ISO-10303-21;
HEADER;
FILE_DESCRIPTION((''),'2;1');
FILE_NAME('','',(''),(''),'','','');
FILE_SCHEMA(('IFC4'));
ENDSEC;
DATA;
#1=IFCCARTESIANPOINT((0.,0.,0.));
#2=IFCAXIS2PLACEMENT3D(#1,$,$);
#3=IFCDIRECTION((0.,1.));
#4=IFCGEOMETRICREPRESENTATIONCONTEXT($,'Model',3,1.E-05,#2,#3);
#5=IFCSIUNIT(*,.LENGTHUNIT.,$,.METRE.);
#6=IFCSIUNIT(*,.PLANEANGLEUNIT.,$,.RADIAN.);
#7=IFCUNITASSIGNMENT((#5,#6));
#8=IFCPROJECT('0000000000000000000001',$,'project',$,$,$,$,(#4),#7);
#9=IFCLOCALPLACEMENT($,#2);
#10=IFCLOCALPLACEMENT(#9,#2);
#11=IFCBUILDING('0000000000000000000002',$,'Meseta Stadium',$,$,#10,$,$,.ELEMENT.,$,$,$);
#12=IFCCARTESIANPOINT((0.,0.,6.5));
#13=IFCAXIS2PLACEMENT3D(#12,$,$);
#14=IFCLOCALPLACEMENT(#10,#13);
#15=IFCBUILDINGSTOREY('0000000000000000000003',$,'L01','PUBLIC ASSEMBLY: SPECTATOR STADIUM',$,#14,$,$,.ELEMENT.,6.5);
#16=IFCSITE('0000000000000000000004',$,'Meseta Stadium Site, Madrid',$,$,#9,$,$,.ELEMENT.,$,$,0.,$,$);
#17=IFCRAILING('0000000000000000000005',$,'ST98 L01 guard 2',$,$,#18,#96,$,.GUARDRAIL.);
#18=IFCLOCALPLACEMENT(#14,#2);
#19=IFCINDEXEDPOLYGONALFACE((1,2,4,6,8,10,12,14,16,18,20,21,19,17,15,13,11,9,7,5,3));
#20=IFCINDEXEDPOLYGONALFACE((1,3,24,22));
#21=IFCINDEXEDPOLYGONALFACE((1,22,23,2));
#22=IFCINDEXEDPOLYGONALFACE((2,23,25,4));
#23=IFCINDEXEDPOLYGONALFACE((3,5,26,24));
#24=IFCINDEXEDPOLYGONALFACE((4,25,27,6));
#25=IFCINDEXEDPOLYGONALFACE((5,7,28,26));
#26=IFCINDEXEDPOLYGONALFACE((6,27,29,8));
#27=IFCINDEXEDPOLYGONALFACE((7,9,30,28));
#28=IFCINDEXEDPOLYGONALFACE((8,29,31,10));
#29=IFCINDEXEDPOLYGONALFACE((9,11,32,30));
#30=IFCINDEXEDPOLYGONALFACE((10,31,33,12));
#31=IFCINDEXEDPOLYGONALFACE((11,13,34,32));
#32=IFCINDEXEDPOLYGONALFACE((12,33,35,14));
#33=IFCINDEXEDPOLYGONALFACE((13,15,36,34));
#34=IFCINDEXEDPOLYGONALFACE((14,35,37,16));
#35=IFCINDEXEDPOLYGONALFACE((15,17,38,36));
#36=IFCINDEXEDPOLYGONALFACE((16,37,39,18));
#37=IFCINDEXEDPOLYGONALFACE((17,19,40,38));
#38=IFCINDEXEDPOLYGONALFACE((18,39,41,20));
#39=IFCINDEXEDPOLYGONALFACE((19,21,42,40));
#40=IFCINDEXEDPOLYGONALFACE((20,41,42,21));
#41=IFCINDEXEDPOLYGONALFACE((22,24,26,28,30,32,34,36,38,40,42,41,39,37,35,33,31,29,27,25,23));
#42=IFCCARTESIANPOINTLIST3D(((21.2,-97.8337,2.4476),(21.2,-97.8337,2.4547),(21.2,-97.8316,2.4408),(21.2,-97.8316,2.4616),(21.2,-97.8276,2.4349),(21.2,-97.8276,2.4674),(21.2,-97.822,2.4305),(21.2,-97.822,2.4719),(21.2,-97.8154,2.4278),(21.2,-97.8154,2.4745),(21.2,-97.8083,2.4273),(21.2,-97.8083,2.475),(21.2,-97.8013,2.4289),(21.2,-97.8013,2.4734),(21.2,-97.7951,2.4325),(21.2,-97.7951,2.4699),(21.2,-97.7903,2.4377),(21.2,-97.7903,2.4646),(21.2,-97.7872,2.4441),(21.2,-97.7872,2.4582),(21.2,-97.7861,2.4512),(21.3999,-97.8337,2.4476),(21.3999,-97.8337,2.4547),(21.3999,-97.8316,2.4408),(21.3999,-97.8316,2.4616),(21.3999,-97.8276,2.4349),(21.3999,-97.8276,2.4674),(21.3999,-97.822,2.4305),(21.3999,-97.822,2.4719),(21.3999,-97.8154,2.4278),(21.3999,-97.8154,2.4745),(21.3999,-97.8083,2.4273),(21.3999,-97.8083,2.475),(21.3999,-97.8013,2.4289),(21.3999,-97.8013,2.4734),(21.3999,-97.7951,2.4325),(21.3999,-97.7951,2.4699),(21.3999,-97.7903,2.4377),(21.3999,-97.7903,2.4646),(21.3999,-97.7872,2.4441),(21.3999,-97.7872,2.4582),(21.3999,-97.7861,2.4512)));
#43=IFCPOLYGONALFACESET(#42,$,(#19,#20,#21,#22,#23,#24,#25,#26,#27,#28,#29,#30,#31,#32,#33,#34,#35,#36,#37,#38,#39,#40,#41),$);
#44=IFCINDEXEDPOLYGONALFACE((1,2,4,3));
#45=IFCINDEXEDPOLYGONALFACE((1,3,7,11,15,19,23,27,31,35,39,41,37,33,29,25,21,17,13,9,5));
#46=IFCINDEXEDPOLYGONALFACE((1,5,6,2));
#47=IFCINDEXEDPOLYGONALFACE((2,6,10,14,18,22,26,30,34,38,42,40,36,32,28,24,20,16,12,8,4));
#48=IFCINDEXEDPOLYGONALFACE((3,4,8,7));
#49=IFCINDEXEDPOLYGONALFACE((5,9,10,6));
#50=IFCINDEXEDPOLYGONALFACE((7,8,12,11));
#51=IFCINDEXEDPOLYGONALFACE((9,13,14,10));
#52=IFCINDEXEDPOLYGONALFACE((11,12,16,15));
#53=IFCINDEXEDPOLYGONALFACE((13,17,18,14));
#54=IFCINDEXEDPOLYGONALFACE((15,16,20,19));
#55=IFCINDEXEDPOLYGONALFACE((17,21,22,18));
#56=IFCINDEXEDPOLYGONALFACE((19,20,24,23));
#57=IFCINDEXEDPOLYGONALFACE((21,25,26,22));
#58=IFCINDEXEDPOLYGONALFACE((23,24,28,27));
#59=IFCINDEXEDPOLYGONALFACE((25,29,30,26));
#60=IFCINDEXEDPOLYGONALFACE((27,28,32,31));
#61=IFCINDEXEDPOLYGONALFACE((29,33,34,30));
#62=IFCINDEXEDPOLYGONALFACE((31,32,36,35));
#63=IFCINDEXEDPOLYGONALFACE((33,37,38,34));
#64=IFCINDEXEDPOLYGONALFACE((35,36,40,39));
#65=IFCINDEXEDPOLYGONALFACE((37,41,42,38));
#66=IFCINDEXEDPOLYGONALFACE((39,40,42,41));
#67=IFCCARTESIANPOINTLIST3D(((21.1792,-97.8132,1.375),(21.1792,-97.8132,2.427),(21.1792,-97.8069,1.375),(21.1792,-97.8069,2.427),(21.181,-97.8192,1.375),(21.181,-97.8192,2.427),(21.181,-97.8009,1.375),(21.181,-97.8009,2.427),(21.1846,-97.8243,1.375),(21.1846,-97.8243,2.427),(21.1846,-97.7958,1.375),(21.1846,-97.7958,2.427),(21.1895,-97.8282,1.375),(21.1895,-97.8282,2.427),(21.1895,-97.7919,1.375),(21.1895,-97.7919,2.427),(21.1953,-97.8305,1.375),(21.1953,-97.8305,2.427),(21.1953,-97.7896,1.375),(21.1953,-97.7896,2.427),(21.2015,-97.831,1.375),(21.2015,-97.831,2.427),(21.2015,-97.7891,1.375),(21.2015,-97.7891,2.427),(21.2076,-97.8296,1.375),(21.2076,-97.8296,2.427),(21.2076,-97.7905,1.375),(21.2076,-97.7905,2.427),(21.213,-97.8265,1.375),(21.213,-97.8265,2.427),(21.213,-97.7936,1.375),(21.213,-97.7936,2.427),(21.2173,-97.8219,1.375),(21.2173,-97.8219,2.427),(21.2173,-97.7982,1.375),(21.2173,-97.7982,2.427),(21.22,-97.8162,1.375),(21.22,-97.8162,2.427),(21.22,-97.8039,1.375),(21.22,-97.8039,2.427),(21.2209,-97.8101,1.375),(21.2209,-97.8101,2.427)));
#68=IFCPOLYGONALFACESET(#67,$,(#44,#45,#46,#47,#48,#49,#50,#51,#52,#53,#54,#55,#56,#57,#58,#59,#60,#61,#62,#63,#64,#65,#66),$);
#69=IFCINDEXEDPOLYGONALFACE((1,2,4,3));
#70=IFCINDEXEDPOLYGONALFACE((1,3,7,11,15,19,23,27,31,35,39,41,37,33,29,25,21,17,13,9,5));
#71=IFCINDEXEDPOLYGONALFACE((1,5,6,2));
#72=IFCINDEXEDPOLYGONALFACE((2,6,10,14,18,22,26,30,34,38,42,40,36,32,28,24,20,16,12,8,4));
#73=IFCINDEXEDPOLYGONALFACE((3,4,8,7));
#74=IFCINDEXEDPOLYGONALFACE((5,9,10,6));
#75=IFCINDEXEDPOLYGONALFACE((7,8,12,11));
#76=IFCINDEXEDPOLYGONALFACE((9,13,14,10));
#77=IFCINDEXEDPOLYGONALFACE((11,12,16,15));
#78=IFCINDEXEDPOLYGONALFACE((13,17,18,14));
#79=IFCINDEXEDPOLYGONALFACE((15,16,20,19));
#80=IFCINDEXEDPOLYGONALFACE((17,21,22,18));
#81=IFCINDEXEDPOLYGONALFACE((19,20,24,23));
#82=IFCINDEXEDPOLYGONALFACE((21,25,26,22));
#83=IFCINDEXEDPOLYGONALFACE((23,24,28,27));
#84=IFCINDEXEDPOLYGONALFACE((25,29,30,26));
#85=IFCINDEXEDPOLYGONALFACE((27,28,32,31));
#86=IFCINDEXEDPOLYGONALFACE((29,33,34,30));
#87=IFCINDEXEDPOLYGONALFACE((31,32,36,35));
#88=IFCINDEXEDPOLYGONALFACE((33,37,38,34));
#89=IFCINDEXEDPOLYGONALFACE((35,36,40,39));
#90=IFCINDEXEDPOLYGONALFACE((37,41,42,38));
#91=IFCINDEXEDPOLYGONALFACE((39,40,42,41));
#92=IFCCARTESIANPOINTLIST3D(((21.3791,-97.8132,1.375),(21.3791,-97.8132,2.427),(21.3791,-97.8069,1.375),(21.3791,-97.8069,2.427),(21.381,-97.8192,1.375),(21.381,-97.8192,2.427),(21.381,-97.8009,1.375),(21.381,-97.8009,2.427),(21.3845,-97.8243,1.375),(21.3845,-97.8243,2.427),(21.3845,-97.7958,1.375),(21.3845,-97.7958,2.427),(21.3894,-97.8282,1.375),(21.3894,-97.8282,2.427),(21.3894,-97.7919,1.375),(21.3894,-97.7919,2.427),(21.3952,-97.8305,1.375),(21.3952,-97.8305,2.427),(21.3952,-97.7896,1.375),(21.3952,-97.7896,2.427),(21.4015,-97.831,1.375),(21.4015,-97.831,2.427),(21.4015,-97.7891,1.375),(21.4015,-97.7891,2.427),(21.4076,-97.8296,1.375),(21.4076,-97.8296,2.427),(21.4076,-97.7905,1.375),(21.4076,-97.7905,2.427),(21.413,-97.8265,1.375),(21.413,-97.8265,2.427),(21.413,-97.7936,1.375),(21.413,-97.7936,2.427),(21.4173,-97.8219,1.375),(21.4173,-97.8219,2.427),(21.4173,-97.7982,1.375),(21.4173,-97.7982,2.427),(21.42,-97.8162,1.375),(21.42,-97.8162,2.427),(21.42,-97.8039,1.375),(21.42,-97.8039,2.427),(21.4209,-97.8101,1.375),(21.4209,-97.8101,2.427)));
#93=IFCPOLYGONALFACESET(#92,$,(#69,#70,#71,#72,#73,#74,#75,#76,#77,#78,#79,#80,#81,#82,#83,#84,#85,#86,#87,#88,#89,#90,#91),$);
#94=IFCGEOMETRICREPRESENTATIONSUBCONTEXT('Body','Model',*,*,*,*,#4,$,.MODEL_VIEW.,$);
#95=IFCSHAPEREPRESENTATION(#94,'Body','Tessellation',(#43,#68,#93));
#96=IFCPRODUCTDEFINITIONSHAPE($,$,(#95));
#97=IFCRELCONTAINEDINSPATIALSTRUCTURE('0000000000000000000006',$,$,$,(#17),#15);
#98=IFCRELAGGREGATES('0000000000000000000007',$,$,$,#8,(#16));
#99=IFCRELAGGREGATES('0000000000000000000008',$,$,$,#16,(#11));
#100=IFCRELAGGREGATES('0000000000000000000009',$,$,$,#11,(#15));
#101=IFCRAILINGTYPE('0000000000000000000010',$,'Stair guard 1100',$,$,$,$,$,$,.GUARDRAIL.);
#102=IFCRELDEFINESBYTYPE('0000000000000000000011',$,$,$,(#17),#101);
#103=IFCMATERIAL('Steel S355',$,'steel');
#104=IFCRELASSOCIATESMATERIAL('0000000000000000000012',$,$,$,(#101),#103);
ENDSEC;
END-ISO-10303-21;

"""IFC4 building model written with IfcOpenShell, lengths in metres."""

from ifc_helpers import new_model, si_unit, direction, frame, origin, origin_2d, place, context, subcontext, project, spatial, circle, extrude, material, type_object, element, save


model = new_model("IFC4")

# Units and contexts
model_context = context("Model", 3, precision=1e-05, world=origin(), true_north=direction((0.0, 1.0)))
body_context = subcontext(model_context, "Body", "Model", "MODEL_VIEW")
ifc_project = project(units=[si_unit("LENGTHUNIT", "METRE"), si_unit("PLANEANGLEUNIT", "RADIAN")], contexts=[model_context])

# Site, building, storey
site_placement = place(None, origin())
site = spatial("IfcSite", under=ifc_project, at=site_placement, Name="Meseta Stadium Site, Madrid", CompositionType="ELEMENT", RefElevation=0.0)
building_placement = place(site_placement, origin())
building = spatial("IfcBuilding", under=site, at=building_placement, Name="Meseta Stadium", CompositionType="ELEMENT")
storey_placement = place(building_placement, frame((0.0, 0.0, 6.5)))
storey = spatial("IfcBuildingStorey", under=building, at=storey_placement, Name="L01", Description="PUBLIC ASSEMBLY: SPECTATOR STADIUM", CompositionType="ELEMENT", Elevation=6.5)

# Railing
ifc_material_1 = material(Name="Steel S355", Category="steel")
railing_type_1 = type_object("IfcRailingType", Name="Stair guard 1100", PredefinedType="GUARDRAIL", material=ifc_material_1)
railing_1_placement = place(storey_placement, frame((21.2, -97.8101, 1.375)))
element("IfcRailing", 1, at=railing_1_placement, inside=storey, type_object=railing_type_1, Name="ST98 L01 guard 2", PredefinedType="GUARDRAIL", context=body_context, shape_type="SweptSolid", body=[
    extrude(circle(Radius=0.0239, at=origin_2d()), frame((0.0, 0.0, 1.0762), z_axis=(1.0, 0.0, 0.0), x_axis=(0.0, 1.0, 0.0)), (0.0, 0.0, 1.0), 0.2),
    extrude(circle(Radius=0.021, at=origin_2d()), origin(), (0.0, 0.0, 1.0), 1.052),
    extrude(circle(Radius=0.021, at=origin_2d()), frame((0.2, 0.0, 0.0)), (0.0, 0.0, 1.0), 1.052),
])

save(model, "model.ifc")
